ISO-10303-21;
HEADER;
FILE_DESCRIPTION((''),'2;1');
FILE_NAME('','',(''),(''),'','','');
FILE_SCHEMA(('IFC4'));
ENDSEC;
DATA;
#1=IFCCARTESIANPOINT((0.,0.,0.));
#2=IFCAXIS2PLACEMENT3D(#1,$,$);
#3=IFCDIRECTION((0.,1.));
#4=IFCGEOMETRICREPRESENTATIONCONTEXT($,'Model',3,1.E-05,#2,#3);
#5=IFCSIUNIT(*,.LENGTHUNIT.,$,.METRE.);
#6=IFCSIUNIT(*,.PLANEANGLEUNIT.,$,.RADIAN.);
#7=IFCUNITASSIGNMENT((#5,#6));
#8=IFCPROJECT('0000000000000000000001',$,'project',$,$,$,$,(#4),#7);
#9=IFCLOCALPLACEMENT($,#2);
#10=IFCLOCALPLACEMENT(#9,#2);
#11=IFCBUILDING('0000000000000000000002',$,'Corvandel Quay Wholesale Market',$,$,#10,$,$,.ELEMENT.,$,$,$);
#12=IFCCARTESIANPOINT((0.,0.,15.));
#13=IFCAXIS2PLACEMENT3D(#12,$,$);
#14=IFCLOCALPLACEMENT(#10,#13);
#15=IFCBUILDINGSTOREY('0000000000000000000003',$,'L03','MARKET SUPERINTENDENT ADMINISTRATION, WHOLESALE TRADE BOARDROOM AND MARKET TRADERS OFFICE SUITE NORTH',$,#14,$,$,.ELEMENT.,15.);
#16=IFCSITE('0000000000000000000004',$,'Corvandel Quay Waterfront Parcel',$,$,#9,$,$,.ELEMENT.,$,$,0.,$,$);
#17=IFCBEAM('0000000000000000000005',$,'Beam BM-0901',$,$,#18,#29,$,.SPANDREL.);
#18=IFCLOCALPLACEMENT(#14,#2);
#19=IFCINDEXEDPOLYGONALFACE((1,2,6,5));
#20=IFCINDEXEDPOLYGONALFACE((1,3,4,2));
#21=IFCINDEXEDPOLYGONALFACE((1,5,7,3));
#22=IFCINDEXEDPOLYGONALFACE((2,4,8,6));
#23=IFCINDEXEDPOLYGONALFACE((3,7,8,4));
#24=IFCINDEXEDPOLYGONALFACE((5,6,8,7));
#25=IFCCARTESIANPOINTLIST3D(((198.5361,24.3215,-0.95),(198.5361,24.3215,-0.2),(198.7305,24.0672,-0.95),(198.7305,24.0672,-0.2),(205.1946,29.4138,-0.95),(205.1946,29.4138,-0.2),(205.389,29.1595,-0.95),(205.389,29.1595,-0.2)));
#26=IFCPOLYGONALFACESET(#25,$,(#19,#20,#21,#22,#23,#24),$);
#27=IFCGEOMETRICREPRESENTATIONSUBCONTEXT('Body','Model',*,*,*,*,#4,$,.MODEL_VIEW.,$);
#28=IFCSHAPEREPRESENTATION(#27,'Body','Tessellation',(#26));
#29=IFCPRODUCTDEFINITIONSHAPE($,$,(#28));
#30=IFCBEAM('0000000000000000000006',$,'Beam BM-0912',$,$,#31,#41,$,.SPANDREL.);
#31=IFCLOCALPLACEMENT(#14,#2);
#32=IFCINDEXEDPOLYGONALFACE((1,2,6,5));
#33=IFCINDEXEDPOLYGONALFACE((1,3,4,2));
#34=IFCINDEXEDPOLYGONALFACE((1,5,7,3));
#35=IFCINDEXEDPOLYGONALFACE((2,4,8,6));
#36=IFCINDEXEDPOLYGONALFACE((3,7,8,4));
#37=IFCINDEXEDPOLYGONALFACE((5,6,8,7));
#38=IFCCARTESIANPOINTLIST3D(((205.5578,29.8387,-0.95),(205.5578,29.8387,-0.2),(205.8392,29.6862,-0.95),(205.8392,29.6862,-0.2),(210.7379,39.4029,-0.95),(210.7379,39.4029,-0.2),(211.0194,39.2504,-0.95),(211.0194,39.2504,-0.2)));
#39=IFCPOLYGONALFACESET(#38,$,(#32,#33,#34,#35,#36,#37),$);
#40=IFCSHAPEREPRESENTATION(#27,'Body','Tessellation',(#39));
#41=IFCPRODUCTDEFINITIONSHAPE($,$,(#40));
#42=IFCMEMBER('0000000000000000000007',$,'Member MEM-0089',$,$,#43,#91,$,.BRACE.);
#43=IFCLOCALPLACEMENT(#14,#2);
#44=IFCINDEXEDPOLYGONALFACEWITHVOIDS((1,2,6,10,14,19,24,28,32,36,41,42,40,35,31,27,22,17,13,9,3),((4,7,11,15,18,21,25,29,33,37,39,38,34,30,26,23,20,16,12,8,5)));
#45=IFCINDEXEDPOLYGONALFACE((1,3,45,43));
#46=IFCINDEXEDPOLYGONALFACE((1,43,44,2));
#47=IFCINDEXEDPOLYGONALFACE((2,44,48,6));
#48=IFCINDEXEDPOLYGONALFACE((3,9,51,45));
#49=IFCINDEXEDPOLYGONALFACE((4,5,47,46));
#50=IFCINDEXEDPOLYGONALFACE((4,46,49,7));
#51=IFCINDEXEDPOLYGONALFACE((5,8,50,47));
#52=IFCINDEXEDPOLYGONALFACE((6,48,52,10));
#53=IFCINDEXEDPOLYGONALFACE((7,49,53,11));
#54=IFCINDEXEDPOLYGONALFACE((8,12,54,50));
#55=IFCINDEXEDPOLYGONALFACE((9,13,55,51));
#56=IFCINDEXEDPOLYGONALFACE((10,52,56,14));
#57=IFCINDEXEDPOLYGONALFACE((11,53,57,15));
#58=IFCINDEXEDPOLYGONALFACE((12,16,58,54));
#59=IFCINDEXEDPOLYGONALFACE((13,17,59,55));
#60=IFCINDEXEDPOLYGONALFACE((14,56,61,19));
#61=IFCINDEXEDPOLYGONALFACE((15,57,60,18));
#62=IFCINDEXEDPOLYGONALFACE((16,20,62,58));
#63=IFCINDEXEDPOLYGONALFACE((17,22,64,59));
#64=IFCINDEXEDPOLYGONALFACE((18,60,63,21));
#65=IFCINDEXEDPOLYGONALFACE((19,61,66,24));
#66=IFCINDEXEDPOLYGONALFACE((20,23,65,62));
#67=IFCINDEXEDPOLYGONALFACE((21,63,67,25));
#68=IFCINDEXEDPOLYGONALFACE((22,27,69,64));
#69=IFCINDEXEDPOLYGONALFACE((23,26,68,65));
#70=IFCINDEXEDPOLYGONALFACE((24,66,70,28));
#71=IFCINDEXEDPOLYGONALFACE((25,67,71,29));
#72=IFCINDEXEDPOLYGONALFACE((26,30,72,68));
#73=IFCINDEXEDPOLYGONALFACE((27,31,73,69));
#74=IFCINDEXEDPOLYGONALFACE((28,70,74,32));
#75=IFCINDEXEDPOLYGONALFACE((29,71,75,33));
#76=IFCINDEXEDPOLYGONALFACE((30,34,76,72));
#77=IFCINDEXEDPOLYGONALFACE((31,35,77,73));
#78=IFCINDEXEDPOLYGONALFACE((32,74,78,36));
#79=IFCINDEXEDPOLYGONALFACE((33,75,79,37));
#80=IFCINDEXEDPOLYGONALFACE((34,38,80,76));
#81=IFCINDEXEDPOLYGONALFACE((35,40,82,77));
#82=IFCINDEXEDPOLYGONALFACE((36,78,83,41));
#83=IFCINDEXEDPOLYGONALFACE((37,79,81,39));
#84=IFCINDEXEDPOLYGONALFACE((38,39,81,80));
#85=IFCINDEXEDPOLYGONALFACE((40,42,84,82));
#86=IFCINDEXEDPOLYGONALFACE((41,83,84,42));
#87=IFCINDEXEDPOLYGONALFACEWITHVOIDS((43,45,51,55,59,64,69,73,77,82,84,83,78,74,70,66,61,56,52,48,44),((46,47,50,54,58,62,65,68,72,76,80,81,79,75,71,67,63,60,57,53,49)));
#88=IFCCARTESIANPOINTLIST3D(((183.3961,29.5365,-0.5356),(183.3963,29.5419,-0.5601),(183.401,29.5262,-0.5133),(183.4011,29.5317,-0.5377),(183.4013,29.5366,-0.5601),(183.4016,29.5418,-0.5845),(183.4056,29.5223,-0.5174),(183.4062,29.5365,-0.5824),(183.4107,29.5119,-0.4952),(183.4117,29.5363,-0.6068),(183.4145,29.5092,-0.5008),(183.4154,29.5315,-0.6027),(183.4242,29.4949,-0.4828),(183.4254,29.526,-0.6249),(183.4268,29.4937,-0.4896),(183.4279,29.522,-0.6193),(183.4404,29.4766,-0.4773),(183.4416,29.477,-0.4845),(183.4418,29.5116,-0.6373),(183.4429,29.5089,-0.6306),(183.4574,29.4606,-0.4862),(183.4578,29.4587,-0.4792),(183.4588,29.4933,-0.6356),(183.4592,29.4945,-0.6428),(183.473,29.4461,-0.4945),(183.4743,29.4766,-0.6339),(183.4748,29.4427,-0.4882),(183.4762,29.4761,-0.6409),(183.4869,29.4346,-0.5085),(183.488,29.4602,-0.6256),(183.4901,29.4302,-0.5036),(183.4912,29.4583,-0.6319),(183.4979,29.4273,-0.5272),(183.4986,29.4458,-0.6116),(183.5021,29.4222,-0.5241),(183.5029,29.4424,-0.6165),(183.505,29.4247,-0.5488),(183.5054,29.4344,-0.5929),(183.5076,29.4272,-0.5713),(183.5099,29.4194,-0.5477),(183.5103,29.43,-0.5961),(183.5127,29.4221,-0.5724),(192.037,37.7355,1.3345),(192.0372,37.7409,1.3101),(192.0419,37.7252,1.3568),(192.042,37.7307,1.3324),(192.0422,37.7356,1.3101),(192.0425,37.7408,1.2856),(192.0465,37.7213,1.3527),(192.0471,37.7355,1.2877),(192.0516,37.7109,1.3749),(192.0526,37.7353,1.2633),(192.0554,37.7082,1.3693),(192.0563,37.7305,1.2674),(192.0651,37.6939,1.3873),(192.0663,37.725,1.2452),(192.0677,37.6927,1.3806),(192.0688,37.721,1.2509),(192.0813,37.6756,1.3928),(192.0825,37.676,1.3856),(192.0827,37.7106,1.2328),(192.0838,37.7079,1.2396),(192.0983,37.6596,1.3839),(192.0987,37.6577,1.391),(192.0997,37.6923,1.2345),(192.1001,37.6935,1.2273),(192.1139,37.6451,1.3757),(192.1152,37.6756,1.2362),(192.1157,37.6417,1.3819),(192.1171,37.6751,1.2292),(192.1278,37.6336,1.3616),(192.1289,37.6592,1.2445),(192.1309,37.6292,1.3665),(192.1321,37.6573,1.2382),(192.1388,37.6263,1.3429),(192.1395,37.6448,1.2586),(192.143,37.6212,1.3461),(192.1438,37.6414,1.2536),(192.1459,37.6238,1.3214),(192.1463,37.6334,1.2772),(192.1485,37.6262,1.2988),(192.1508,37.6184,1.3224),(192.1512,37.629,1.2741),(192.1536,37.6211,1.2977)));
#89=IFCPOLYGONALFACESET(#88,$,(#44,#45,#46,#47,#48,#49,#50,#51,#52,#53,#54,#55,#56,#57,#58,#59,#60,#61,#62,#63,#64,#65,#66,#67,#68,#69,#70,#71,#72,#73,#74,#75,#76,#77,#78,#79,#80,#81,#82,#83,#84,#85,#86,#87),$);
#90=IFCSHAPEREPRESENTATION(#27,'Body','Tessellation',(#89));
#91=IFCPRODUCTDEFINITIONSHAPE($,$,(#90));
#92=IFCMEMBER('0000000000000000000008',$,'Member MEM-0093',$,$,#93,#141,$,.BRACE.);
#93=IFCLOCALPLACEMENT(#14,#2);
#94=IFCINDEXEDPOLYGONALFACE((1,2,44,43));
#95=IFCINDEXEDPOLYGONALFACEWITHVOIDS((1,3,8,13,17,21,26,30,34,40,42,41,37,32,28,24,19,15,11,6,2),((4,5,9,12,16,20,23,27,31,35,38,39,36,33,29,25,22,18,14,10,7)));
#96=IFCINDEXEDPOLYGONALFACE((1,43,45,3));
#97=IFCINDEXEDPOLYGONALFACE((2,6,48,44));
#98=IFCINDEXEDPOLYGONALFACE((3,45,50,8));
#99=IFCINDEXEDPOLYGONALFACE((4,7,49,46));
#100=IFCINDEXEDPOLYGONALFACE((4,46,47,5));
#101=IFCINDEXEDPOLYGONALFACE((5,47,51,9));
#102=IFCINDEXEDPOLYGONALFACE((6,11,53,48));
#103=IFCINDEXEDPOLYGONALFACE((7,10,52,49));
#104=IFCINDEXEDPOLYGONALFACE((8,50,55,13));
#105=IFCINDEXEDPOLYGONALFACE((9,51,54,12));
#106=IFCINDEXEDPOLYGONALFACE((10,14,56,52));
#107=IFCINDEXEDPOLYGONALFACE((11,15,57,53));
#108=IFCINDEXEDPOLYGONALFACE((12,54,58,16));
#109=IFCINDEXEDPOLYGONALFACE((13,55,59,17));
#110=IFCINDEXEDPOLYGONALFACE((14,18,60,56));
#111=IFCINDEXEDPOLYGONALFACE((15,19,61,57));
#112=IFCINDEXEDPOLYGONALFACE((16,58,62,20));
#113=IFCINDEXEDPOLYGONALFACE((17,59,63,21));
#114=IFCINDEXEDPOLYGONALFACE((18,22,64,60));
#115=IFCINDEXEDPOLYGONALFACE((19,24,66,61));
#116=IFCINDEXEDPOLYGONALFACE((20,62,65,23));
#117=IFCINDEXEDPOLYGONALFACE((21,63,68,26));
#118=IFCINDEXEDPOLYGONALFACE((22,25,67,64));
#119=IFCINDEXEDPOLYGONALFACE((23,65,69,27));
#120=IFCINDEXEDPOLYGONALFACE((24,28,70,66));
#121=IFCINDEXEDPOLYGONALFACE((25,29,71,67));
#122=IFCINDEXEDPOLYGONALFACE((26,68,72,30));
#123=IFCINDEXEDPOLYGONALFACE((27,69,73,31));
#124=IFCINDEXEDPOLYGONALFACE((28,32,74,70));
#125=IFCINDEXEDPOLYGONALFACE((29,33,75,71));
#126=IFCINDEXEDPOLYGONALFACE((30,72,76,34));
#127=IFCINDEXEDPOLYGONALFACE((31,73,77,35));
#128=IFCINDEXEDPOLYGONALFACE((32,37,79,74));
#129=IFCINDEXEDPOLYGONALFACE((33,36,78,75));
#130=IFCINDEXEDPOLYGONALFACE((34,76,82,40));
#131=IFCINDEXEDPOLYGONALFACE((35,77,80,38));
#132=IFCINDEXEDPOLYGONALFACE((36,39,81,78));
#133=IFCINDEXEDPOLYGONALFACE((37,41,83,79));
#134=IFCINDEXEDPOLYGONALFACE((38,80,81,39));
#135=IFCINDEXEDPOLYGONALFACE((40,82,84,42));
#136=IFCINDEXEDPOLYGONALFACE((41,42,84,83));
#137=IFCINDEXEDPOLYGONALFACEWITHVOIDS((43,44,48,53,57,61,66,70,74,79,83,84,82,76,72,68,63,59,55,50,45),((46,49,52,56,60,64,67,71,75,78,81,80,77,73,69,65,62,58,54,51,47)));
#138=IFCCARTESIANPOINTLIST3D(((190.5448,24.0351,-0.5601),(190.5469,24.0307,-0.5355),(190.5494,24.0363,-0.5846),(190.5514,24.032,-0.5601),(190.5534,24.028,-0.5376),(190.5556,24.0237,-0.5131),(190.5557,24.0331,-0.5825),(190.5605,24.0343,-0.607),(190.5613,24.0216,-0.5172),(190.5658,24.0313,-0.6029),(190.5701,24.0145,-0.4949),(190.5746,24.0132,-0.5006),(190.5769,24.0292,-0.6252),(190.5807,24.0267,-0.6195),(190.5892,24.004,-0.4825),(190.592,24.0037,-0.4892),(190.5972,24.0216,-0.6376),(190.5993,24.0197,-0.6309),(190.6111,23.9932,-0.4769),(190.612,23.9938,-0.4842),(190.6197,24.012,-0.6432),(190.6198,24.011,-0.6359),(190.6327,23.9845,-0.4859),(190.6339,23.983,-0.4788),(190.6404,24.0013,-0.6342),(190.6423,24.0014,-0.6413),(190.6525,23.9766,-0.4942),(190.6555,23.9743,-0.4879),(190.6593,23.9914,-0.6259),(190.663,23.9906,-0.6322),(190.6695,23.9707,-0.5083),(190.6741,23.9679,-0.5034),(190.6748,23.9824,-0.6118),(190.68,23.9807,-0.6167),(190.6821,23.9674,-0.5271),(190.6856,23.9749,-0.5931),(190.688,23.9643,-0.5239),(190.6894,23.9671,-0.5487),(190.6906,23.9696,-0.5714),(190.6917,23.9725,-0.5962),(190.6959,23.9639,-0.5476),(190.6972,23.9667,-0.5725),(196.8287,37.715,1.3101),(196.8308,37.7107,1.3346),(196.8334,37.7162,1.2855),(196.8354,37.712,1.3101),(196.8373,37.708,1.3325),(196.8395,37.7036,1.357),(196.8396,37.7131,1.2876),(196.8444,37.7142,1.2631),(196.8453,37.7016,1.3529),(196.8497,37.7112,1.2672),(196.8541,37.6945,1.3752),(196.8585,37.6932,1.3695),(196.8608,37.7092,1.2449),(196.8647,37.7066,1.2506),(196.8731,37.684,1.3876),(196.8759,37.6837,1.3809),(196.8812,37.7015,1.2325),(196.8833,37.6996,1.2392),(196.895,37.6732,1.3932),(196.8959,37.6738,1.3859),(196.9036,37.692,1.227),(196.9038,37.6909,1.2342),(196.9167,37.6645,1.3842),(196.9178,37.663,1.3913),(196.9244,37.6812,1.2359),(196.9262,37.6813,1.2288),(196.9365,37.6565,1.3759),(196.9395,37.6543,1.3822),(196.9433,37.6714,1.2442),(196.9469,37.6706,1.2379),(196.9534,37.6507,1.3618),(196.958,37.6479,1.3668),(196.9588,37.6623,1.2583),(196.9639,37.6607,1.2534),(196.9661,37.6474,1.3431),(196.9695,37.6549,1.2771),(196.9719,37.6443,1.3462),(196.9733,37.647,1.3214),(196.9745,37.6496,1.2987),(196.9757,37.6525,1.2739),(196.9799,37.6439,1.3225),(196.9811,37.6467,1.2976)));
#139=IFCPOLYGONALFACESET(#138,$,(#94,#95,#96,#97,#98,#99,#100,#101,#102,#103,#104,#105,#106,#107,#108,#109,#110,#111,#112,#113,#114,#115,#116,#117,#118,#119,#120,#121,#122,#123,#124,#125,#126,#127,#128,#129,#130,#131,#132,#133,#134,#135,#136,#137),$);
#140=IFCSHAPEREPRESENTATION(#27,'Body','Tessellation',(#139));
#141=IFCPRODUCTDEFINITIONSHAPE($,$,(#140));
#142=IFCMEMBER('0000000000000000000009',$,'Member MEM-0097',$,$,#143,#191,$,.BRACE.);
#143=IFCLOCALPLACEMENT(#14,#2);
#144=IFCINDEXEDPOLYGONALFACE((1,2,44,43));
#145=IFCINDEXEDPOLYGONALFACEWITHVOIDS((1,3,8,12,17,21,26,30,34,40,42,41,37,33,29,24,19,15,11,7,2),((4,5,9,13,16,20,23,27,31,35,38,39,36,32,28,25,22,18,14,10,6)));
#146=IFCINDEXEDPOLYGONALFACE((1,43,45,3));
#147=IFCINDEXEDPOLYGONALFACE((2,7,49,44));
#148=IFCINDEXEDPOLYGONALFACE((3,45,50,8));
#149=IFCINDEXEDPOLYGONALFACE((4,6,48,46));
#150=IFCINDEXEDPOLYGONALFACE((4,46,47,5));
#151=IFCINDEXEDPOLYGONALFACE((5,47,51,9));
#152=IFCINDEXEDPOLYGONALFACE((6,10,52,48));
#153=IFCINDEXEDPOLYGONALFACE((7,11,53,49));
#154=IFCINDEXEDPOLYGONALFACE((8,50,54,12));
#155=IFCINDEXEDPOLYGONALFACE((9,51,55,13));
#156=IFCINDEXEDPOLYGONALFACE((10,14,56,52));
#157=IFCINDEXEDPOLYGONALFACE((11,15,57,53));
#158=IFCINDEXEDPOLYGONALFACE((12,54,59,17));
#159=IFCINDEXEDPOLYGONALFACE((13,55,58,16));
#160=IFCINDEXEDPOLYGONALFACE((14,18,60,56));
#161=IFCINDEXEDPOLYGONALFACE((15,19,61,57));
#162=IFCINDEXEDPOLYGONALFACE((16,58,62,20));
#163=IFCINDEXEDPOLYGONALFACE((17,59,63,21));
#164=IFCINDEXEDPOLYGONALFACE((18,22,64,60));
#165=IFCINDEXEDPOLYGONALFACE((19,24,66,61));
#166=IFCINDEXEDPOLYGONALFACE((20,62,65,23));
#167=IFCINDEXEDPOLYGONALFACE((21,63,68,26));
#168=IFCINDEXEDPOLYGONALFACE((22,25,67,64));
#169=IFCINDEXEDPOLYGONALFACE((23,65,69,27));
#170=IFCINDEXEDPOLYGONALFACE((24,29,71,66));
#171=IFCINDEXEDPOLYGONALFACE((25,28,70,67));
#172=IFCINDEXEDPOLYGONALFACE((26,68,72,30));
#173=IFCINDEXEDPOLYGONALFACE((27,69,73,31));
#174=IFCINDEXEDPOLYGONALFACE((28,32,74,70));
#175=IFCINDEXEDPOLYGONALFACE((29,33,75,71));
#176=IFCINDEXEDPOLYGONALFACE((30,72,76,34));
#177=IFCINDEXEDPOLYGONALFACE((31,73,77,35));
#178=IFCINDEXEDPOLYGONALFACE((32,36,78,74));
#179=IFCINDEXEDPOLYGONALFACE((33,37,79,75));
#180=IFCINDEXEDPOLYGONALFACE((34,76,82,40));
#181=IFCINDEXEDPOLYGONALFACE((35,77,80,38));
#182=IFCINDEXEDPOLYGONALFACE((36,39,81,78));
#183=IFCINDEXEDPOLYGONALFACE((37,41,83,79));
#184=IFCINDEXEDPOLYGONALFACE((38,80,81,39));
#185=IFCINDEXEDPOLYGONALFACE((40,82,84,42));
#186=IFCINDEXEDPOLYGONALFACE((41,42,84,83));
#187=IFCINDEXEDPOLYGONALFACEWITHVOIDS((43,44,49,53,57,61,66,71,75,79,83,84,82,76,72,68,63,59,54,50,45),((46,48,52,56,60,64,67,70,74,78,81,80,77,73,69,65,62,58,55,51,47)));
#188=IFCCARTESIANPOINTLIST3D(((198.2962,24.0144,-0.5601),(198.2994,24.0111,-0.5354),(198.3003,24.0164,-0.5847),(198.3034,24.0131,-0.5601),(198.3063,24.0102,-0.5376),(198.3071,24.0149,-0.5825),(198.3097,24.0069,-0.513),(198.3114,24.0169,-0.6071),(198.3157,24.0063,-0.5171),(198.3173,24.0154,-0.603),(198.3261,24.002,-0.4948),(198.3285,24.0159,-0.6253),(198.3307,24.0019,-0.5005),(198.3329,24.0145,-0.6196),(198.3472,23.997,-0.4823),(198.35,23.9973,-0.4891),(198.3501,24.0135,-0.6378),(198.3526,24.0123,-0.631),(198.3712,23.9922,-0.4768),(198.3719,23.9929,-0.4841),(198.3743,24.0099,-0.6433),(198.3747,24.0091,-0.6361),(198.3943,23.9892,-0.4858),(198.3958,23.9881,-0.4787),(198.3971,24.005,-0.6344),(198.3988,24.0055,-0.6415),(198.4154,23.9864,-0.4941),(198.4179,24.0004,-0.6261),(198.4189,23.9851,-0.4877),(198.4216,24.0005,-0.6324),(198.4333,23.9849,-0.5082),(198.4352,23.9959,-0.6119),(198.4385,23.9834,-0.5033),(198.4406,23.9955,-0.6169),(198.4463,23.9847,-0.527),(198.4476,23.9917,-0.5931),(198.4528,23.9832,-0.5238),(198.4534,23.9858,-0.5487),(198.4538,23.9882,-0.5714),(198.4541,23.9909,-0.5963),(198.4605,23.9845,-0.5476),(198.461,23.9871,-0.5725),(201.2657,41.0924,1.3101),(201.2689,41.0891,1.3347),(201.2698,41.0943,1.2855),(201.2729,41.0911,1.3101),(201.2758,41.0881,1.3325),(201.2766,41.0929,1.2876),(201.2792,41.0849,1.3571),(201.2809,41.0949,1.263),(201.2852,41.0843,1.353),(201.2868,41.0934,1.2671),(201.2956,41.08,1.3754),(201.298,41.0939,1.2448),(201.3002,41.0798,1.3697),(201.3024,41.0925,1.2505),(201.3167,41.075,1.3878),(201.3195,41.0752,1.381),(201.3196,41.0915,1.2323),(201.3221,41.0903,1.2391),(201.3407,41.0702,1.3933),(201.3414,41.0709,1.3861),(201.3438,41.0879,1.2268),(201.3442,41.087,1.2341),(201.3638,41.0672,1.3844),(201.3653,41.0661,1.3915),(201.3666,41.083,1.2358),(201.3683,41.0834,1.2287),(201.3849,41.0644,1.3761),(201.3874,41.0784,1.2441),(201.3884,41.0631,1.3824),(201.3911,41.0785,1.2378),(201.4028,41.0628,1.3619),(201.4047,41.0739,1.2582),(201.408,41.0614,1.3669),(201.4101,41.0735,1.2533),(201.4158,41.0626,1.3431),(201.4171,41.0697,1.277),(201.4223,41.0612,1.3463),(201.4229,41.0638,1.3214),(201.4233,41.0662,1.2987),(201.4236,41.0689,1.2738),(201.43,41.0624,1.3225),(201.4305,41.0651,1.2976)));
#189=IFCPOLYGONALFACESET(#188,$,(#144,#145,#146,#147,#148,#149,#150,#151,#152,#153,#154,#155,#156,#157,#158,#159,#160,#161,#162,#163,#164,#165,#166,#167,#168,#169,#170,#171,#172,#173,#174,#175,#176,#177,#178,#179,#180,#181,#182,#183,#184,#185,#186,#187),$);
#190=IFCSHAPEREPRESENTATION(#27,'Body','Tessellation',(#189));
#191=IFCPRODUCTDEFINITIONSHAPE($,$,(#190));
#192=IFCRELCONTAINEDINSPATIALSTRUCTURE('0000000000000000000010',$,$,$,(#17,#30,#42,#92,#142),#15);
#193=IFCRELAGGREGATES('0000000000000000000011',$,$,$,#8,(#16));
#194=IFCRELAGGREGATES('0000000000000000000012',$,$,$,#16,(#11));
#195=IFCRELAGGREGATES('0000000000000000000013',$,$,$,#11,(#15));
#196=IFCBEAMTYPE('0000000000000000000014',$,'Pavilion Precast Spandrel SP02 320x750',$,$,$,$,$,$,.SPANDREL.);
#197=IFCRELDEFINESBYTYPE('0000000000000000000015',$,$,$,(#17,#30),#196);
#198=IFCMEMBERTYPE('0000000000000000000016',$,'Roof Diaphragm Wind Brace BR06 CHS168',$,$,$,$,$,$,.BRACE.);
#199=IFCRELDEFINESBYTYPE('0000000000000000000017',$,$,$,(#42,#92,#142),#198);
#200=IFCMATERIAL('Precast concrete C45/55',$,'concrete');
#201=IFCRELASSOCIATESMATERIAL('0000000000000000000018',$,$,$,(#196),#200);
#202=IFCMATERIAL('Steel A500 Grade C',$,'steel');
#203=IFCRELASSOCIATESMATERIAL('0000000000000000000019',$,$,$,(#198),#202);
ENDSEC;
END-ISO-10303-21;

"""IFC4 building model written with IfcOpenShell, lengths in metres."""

from ifc_helpers import new_model, si_unit, direction, frame, origin, origin_2d, place, context, subcontext, project, spatial, rectangle, hollow_circle, extrude, material, material_profile, profile_set, type_object, element, save


model = new_model("IFC4")

# Units and contexts
model_context = context("Model", 3, precision=1e-05, world=origin(), true_north=direction((0.0, 1.0)))
body_context = subcontext(model_context, "Body", "Model", "MODEL_VIEW")
ifc_project = project(units=[si_unit("LENGTHUNIT", "METRE"), si_unit("PLANEANGLEUNIT", "RADIAN")], contexts=[model_context])

# Site, building, storey
site_placement = place(None, origin())
site = spatial("IfcSite", under=ifc_project, at=site_placement, Name="Corvandel Quay Waterfront Parcel", CompositionType="ELEMENT", RefElevation=0.0)
building_placement = place(site_placement, origin())
building = spatial("IfcBuilding", under=site, at=building_placement, Name="Corvandel Quay Wholesale Market", CompositionType="ELEMENT")
storey_placement = place(building_placement, frame((0.0, 0.0, 15.0)))
storey = spatial("IfcBuildingStorey", under=building, at=storey_placement, Name="L03", Description="MARKET SUPERINTENDENT ADMINISTRATION, WHOLESALE TRADE BOARDROOM AND MARKET TRADERS OFFICE SUITE NORTH", CompositionType="ELEMENT", Elevation=15.0)

# Shared definitions
ifc_material_1 = material(Name="Precast concrete C45/55", Category="concrete")

# Beams
ifc_material_profile_1 = material_profile(ifc_material_1, rectangle(XDim=0.3201, YDim=0.75, at=origin_2d()), Name="PC-SPN-320x750")
ifc_profile_set_1 = profile_set([ifc_material_profile_1], Name="Precast concrete C45/55")
beam_type_1 = type_object("IfcBeamType", Name="Pavilion Precast Spandrel SP02 320x750", PredefinedType="SPANDREL", material=ifc_profile_set_1)
beam_1_placement = place(storey_placement, frame((198.6333, 24.1943, -0.575), z_axis=(0.794327, 0.60749, 0.0), x_axis=(-0.60749, 0.794327, 0.0)))
element("IfcBeam", 1, at=beam_1_placement, inside=storey, type_object=beam_type_1, Name="Beam BM-0901", PredefinedType="SPANDREL", context=body_context, shape_type="SweptSolid", body=[
    extrude(rectangle(XDim=0.3201, YDim=0.75, at=origin_2d()), origin(), (0.0, 0.0, 1.0), 8.3826),
])
beam_2_placement = place(storey_placement, frame((205.6985, 29.7625, -0.575), z_axis=(0.476252, 0.879309, 0.0), x_axis=(-0.879309, 0.476252, 0.0)))
element("IfcBeam", 2, at=beam_2_placement, inside=storey, type_object=beam_type_1, Name="Beam BM-0912", PredefinedType="SPANDREL", context=body_context, shape_type="SweptSolid", body=[
    extrude(rectangle(XDim=0.3201, YDim=0.75, at=origin_2d()), origin(), (0.0, 0.0, 1.0), 10.877),
])

# Members
ifc_material_2 = material(Name="Steel A500 Grade C", Category="steel")
ifc_material_profile_2 = material_profile(ifc_material_2, hollow_circle(Radius=0.084, WallThickness=0.0073, at=origin_2d()), Name="HSS6.625X0.312")
ifc_profile_set_2 = profile_set([ifc_material_profile_2], Name="Steel A500 Grade C")
member_type_1 = type_object("IfcMemberType", Name="Roof Diaphragm Wind Brace BR06 CHS168", PredefinedType="BRACE", material=ifc_profile_set_2)
member_1_placement = place(storey_placement, frame((183.4541, 29.481, -0.5601), z_axis=(0.716634, 0.679985, 0.155099), x_axis=(-0.688315, 0.725412, 0.0)))
element("IfcMember", 3, at=member_1_placement, inside=storey, type_object=member_type_1, Name="Member MEM-0089", PredefinedType="BRACE", context=body_context, shape_type="SweptSolid", body=[
    extrude(hollow_circle(Radius=0.084, WallThickness=0.0073, at=origin_2d()), origin(), (0.0, 0.0, 1.0), 12.0576),
])
member_2_placement = place(storey_placement, frame((190.6211, 24.0, -0.5601), z_axis=(0.414237, 0.901782, 0.123278), x_axis=(-0.908713, 0.417421, 0.0)))
element("IfcMember", 4, at=member_2_placement, inside=storey, type_object=member_type_1, Name="Member MEM-0093", PredefinedType="BRACE", context=body_context, shape_type="SweptSolid", body=[
    extrude(hollow_circle(Radius=0.084, WallThickness=0.0073, at=origin_2d()), origin(), (0.0, 0.0, 1.0), 15.1699),
])
member_3_placement = place(storey_placement, frame((198.3789, 24.0, -0.5601), z_axis=(0.17032, 0.979533, 0.107264), x_axis=(-0.985217, 0.171308, 0.0)))
element("IfcMember", 5, at=member_3_placement, inside=storey, type_object=member_type_1, Name="Member MEM-0097", PredefinedType="BRACE", context=body_context, shape_type="SweptSolid", body=[
    extrude(hollow_circle(Radius=0.084, WallThickness=0.0073, at=origin_2d()), origin(), (0.0, 0.0, 1.0), 17.4348),
])

save(model, "model.ifc")
